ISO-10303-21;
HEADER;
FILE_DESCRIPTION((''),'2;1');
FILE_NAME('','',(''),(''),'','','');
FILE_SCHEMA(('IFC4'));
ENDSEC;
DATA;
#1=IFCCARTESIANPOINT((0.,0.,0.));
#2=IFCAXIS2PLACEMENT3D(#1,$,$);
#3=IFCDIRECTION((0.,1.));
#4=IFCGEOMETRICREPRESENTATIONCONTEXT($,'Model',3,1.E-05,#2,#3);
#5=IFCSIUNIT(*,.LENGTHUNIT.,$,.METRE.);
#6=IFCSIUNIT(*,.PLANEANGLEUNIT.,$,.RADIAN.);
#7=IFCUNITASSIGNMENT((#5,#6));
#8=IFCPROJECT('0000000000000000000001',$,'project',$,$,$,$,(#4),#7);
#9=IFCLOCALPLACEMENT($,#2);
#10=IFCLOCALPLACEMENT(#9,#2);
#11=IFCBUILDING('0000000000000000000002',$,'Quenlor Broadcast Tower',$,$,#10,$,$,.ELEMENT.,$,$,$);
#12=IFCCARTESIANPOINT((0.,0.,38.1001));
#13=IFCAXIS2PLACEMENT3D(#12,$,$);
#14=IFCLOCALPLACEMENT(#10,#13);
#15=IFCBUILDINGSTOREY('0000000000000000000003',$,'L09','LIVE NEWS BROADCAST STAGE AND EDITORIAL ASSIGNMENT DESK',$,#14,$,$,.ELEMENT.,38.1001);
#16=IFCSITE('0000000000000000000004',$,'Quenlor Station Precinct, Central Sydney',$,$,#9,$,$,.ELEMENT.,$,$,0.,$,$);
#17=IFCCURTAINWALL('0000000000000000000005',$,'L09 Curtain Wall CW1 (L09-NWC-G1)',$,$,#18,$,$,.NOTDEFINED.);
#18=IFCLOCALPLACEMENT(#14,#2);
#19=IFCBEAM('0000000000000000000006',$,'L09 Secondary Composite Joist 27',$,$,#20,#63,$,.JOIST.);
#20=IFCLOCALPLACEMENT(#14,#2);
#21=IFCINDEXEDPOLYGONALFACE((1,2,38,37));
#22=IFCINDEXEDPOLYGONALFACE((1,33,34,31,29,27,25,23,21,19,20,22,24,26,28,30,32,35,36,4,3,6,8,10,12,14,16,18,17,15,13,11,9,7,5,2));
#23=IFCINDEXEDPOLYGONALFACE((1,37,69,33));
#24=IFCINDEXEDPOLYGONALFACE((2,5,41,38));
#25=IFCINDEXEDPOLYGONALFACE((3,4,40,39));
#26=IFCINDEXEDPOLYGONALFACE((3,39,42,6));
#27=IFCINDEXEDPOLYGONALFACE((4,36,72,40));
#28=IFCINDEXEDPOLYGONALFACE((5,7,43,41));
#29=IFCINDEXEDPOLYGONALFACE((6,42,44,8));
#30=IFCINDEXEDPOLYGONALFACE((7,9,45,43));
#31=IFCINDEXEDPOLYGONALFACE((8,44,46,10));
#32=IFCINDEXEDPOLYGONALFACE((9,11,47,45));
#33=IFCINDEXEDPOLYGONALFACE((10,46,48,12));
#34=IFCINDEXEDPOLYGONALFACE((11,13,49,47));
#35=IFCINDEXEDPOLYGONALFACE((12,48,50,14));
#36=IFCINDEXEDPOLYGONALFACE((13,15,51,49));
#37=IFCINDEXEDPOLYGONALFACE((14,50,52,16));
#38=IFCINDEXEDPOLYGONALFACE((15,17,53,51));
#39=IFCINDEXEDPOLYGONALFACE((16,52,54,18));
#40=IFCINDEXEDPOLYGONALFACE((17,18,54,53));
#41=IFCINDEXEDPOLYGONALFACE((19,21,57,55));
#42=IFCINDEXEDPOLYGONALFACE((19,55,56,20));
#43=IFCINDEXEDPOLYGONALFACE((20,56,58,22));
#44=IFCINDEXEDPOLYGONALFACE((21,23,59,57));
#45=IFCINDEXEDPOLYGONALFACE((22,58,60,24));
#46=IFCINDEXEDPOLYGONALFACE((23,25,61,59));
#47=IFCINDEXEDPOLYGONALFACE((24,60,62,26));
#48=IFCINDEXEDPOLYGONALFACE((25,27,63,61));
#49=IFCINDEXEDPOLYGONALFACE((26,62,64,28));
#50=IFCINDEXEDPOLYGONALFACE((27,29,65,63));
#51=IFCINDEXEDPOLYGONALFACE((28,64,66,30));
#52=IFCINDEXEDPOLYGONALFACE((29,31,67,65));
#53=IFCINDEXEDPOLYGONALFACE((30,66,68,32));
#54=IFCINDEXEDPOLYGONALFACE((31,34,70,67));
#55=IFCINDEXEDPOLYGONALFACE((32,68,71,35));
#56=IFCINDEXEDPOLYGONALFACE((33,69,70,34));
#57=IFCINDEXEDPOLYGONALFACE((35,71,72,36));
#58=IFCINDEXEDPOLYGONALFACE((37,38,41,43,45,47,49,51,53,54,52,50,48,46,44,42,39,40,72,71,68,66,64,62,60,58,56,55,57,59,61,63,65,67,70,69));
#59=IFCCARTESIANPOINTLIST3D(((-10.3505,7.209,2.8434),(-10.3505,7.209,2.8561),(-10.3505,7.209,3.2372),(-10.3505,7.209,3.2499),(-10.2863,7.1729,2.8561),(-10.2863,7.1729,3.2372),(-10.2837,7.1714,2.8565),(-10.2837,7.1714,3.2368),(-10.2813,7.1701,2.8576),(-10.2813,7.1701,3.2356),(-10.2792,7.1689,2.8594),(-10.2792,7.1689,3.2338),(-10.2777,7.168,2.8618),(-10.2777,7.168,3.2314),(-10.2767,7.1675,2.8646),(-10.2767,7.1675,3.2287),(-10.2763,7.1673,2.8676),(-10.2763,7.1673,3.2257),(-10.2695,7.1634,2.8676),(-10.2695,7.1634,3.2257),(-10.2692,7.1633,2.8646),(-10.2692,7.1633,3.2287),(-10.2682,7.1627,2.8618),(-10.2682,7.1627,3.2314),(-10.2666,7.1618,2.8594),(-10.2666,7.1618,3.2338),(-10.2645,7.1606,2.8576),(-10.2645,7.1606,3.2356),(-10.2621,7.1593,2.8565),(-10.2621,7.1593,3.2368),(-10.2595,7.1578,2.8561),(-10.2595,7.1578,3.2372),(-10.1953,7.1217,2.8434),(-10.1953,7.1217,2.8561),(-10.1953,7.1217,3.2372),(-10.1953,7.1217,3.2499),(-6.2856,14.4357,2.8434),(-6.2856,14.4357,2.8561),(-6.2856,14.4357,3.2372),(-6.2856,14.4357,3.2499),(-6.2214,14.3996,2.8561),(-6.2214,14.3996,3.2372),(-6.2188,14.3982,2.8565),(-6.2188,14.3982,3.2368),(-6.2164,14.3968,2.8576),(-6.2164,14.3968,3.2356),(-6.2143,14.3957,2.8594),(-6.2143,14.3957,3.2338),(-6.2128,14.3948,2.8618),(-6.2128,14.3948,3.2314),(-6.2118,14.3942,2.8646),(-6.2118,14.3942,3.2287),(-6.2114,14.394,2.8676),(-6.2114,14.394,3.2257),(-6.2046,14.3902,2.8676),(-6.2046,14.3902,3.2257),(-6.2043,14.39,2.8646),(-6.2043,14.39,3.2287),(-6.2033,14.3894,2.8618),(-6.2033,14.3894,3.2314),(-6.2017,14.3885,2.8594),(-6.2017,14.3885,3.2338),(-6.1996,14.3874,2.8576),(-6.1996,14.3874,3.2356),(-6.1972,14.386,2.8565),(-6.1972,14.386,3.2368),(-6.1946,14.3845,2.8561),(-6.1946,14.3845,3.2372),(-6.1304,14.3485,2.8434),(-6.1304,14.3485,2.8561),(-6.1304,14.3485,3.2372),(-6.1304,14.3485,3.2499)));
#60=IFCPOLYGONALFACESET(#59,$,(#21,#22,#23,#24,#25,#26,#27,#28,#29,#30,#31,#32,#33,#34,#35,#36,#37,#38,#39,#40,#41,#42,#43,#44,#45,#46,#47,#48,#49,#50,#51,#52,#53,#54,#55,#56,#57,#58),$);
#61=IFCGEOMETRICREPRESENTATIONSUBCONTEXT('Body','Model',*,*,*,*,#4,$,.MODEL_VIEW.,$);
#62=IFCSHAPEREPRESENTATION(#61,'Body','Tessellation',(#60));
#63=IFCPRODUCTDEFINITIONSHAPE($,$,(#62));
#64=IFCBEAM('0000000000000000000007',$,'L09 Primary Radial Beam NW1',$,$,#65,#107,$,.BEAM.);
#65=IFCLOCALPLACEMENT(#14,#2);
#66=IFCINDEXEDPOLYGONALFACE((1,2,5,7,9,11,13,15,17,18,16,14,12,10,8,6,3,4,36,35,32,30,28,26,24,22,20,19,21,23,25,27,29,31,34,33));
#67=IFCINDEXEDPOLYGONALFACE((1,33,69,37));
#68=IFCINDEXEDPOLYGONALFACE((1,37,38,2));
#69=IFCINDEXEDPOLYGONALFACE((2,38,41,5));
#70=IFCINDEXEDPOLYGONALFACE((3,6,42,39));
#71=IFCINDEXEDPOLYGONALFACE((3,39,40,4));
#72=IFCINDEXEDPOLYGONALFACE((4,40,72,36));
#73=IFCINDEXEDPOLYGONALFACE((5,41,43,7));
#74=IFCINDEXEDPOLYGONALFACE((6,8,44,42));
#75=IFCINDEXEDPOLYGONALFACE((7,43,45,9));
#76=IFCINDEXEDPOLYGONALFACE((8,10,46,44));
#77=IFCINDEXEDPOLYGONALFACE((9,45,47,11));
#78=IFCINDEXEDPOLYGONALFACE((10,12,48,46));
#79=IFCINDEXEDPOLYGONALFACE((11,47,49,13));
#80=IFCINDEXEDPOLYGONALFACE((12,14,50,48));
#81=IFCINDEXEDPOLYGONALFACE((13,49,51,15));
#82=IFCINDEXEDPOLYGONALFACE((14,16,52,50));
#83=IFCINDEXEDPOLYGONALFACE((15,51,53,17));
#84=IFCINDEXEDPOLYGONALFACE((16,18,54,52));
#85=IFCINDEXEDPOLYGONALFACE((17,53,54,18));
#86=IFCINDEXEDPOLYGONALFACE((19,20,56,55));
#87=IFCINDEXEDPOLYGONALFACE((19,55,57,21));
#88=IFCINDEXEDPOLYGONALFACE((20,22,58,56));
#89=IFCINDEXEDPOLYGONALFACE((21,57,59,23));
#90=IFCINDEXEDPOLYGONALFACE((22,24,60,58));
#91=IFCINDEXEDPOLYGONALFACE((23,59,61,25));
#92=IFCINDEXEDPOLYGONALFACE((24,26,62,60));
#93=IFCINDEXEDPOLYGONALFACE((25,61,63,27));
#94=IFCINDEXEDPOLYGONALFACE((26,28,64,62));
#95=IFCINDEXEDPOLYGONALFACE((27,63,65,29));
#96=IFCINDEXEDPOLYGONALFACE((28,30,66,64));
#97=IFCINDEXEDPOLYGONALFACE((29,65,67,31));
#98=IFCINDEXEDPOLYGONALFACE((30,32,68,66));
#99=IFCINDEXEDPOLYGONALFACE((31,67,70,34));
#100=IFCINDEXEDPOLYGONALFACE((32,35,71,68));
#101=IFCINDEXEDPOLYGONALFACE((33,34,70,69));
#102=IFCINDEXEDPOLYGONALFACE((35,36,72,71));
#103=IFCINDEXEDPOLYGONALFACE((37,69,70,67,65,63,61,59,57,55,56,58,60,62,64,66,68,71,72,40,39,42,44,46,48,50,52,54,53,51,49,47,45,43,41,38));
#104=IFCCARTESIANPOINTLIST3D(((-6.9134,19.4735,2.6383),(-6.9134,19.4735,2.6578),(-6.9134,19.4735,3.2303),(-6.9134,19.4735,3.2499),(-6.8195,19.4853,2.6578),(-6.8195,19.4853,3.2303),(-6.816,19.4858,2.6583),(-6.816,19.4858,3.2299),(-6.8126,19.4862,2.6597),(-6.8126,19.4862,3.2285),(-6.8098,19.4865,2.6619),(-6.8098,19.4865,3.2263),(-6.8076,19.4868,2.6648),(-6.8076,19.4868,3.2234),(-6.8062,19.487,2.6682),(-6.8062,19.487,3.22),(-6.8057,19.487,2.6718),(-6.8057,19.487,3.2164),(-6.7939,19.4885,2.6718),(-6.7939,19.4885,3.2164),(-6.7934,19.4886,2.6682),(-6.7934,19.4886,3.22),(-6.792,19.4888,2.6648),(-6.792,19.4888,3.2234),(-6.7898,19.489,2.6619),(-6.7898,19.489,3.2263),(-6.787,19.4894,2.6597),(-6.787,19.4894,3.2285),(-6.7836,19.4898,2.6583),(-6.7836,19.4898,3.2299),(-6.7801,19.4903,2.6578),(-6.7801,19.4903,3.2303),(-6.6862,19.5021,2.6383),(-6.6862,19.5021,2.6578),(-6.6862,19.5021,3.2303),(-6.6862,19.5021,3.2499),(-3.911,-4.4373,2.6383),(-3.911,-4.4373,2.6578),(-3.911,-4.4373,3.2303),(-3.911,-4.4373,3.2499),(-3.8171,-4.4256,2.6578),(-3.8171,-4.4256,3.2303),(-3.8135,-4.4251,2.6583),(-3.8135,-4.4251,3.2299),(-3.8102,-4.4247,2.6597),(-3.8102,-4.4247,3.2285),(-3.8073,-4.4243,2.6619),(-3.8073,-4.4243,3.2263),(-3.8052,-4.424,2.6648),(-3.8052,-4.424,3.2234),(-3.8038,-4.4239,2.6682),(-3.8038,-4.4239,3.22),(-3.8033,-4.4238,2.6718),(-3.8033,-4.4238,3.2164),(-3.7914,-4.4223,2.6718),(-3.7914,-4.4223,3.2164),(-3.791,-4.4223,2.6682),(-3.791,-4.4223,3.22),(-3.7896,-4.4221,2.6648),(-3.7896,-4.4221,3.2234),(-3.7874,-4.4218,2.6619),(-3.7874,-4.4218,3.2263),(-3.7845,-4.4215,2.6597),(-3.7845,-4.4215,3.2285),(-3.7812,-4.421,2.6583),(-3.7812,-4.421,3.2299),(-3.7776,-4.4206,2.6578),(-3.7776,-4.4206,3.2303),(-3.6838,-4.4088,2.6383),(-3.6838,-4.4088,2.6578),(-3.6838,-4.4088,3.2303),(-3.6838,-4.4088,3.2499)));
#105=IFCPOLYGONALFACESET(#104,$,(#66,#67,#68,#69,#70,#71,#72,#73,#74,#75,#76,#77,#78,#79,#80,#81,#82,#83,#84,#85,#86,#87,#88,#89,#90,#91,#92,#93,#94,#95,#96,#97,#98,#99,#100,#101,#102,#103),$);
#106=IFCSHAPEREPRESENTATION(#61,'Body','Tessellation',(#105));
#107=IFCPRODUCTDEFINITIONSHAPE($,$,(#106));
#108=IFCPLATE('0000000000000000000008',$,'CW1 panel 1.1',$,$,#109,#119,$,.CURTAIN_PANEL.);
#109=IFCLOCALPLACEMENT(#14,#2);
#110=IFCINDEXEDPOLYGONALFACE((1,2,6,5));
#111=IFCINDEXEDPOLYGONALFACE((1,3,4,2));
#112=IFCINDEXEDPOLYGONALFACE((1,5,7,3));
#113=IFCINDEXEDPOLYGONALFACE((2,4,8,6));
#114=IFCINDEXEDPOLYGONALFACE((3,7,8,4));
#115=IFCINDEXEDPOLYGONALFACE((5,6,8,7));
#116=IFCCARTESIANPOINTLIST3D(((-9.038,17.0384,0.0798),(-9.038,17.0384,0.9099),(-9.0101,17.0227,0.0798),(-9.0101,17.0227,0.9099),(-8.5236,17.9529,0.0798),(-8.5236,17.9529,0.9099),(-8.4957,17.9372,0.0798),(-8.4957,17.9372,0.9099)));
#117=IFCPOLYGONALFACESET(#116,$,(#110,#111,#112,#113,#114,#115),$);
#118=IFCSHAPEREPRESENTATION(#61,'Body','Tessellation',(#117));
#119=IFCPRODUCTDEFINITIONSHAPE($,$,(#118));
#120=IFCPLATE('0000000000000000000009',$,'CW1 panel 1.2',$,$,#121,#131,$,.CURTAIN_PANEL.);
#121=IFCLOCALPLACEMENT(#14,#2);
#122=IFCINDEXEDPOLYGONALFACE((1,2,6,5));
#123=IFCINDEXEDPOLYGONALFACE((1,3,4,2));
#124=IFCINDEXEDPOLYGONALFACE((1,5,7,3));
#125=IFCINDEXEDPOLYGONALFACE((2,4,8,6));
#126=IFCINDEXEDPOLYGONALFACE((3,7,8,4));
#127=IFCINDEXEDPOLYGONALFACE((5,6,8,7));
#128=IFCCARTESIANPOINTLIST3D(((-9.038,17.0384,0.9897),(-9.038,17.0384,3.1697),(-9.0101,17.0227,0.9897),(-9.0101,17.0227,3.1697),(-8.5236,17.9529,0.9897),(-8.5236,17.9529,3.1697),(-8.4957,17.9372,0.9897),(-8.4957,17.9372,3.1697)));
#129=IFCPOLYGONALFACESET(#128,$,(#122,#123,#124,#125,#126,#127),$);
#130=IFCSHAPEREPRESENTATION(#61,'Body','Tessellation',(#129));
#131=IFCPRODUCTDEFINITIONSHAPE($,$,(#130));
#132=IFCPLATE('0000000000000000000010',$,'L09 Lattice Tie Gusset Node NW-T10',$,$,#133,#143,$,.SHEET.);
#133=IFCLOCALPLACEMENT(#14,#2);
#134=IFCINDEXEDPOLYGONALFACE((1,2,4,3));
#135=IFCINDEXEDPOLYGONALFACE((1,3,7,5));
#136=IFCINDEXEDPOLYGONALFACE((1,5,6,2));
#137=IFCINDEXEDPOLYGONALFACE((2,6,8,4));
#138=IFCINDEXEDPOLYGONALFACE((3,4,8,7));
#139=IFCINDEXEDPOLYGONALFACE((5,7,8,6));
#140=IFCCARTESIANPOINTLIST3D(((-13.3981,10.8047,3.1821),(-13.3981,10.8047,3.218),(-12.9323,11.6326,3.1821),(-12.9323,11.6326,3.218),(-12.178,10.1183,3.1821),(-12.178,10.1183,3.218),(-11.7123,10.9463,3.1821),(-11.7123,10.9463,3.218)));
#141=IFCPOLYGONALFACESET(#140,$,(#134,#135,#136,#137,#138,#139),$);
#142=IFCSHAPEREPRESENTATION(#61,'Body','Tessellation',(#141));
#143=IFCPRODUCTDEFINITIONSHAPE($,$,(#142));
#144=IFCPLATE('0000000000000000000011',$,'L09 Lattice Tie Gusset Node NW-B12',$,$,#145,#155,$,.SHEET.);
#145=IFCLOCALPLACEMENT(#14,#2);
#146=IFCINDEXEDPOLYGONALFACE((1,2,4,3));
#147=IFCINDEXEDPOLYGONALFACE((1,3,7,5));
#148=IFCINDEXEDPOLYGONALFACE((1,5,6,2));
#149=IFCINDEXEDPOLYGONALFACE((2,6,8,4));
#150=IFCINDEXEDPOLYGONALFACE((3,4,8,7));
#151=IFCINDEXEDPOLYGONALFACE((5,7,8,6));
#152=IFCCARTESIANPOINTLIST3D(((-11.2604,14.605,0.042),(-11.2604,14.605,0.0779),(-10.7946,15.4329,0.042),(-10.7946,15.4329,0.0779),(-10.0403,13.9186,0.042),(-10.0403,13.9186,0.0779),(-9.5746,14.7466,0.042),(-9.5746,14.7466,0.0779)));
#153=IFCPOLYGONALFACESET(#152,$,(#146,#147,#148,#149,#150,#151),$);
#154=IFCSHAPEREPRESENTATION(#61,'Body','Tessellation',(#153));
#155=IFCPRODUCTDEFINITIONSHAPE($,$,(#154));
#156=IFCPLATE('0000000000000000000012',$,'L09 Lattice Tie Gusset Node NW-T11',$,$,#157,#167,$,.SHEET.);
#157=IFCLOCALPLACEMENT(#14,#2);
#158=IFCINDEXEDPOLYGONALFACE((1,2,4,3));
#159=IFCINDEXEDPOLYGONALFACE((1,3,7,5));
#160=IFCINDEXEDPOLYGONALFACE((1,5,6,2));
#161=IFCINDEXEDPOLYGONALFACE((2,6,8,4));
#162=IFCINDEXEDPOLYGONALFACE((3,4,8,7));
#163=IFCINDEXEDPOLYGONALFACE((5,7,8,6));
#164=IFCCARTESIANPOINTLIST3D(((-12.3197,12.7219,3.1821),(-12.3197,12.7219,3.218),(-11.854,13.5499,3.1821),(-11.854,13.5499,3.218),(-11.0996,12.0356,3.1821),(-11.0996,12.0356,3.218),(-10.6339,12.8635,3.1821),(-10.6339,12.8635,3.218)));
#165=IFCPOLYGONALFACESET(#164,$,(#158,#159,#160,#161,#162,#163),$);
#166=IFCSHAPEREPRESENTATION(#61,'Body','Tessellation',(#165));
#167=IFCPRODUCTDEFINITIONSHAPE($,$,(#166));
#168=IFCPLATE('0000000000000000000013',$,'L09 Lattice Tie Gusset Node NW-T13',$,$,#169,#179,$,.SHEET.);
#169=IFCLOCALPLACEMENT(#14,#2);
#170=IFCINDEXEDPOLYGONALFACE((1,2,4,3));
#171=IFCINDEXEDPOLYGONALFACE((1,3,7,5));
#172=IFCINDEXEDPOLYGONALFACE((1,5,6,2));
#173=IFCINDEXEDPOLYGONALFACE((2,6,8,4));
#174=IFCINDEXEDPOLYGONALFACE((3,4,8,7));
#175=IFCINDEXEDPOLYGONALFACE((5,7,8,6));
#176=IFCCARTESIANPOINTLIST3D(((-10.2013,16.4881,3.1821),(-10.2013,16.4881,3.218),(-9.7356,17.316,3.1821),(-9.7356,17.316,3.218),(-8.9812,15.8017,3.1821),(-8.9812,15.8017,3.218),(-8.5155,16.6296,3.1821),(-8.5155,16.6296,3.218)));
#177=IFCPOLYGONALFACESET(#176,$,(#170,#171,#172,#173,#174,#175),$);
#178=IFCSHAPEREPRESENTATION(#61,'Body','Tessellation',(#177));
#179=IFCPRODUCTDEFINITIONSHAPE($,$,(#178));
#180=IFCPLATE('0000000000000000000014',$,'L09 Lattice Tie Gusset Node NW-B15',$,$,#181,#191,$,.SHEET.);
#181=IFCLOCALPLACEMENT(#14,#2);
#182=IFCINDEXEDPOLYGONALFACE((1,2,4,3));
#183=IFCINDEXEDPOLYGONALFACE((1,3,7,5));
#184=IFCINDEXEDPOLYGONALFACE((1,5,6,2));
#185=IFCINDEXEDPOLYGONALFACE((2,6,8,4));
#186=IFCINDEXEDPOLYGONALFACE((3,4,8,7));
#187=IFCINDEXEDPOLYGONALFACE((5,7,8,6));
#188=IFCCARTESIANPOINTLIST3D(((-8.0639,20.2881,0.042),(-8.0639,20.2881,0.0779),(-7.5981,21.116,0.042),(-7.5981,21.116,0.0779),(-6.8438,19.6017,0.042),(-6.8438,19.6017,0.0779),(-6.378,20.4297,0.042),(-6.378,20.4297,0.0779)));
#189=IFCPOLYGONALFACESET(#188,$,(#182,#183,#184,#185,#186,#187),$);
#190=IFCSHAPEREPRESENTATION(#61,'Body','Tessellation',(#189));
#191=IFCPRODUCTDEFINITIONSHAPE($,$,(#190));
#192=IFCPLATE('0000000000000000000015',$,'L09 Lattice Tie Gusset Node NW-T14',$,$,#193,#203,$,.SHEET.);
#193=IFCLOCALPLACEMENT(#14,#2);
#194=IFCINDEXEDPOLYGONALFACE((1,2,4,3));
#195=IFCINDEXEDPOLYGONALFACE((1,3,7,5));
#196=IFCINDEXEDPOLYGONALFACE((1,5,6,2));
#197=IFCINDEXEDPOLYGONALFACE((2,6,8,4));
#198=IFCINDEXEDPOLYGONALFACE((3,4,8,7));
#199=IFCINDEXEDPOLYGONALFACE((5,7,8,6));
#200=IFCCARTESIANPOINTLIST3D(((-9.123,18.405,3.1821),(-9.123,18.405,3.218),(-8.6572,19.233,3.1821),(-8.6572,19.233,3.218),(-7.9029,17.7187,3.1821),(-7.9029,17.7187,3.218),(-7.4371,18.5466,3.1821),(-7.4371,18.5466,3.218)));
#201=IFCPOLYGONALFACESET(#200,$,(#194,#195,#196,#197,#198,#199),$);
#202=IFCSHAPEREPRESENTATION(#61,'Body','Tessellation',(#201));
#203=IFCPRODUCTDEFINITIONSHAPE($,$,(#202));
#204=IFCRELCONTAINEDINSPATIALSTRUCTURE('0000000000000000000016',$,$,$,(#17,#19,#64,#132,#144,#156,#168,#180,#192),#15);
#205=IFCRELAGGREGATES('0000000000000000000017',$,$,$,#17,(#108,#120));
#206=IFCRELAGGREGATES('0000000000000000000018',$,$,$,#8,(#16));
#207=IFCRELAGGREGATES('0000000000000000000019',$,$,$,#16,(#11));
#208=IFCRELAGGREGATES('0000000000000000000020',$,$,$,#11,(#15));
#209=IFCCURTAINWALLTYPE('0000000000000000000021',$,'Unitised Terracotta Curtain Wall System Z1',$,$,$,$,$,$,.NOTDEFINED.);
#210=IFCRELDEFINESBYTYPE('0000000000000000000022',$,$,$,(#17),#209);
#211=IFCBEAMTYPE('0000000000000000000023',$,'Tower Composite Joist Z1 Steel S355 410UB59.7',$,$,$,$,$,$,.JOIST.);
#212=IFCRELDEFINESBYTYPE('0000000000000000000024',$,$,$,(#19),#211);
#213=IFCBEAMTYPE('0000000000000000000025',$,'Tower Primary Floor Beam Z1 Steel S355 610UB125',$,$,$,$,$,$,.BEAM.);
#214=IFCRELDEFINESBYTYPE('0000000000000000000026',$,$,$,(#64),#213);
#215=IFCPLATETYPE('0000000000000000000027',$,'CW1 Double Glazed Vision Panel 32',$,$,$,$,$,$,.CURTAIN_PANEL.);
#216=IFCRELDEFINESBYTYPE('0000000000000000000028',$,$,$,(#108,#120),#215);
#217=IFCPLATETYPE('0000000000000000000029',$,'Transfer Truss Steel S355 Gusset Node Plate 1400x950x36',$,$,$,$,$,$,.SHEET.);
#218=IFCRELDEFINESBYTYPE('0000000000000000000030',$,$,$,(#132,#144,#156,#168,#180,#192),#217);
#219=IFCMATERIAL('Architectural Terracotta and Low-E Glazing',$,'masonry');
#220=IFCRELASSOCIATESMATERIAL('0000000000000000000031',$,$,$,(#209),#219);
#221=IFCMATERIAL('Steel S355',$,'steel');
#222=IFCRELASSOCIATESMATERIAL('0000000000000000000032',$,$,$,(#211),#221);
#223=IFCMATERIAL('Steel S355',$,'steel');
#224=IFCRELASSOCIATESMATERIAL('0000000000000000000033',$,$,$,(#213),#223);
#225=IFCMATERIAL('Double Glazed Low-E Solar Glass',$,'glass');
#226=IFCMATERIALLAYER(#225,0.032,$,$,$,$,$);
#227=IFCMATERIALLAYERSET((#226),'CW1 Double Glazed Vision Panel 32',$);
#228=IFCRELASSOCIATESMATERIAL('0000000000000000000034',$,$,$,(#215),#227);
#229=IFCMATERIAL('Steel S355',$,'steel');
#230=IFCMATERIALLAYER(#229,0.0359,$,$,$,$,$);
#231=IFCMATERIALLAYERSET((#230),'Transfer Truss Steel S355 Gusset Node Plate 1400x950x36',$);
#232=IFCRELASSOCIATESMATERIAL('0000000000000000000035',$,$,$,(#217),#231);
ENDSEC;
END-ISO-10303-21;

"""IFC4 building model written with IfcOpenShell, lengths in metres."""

from ifc_helpers import new_model, si_unit, direction, frame, origin, origin_2d, place, context, subcontext, project, spatial, rectangle, i_section, extrude, material, layer, layer_set, material_profile, profile_set, type_object, element, aggregate, save


model = new_model("IFC4")

# Units and contexts
model_context = context("Model", 3, precision=1e-05, world=origin(), true_north=direction((0.0, 1.0)))
body_context = subcontext(model_context, "Body", "Model", "MODEL_VIEW")
ifc_project = project(units=[si_unit("LENGTHUNIT", "METRE"), si_unit("PLANEANGLEUNIT", "RADIAN")], contexts=[model_context])

# Site, building, storey
site_placement = place(None, origin())
site = spatial("IfcSite", under=ifc_project, at=site_placement, Name="Quenlor Station Precinct, Central Sydney", CompositionType="ELEMENT", RefElevation=0.0)
building_placement = place(site_placement, origin())
building = spatial("IfcBuilding", under=site, at=building_placement, Name="Quenlor Broadcast Tower", CompositionType="ELEMENT")
storey_placement = place(building_placement, frame((0.0, 0.0, 38.1001)))
storey = spatial("IfcBuildingStorey", under=building, at=storey_placement, Name="L09", Description="LIVE NEWS BROADCAST STAGE AND EDITORIAL ASSIGNMENT DESK", CompositionType="ELEMENT", Elevation=38.1001)

# Curtain wall
ifc_material_1 = material(Name="Architectural Terracotta and Low-E Glazing", Category="masonry")
curtain_wall_type = type_object("IfcCurtainWallType", Name="Unitised Terracotta Curtain Wall System Z1", PredefinedType="NOTDEFINED", material=ifc_material_1)
curtain_wall_placement = place(storey_placement, origin())
curtain_wall = element("IfcCurtainWall", 1, at=curtain_wall_placement, inside=storey, type_object=curtain_wall_type, Name="L09 Curtain Wall CW1 (L09-NWC-G1)", PredefinedType="NOTDEFINED")

# Beams
ifc_material_2 = material(Name="Steel S355", Category="steel")
ifc_material_profile_1 = material_profile(ifc_material_2, i_section(OverallWidth=0.178, OverallDepth=0.4065, WebThickness=0.0078, FlangeThickness=0.0127, FilletRadius=0.0115, at=origin_2d()))
ifc_profile_set_1 = profile_set([ifc_material_profile_1], Name="Steel S355 410UB59.7")
beam_type_1 = type_object("IfcBeamType", Name="Tower Composite Joist Z1 Steel S355 410UB59.7", PredefinedType="JOIST", material=ifc_profile_set_1)
beam_1_placement = place(storey_placement, frame((-6.208, 14.3921, 3.0466), z_axis=(-0.490249, -0.871583, 0.0), x_axis=(0.871583, -0.490249, 0.0)))
element("IfcBeam", 2, at=beam_1_placement, inside=storey, type_object=beam_type_1, Name="L09 Secondary Composite Joist 27", PredefinedType="JOIST", context=body_context, shape_type="SweptSolid", body=[
    extrude(i_section(OverallWidth=0.178, OverallDepth=0.4065, WebThickness=0.0078, FlangeThickness=0.0127, FilletRadius=0.0115, at=origin_2d()), origin(), (0.0, 0.0, 1.0), 8.2915),
])
ifc_material_3 = material(Name="Steel S355", Category="steel")
ifc_material_profile_2 = material_profile(ifc_material_3, i_section(OverallWidth=0.229, OverallDepth=0.6116, WebThickness=0.012, FlangeThickness=0.0195, FilletRadius=0.0139, at=origin_2d()))
ifc_profile_set_2 = profile_set([ifc_material_profile_2], Name="Steel S355 610UB125")
beam_type_2 = type_object("IfcBeamType", Name="Tower Primary Floor Beam Z1 Steel S355 610UB125", PredefinedType="BEAM", material=ifc_profile_set_2)
beam_2_placement = place(storey_placement, frame((-6.7998, 19.4878, 2.9441), z_axis=(0.12459, -0.992208, 0.0), x_axis=(0.992208, 0.12459, 0.0)))
element("IfcBeam", 3, at=beam_2_placement, inside=storey, type_object=beam_type_2, Name="L09 Primary Radial Beam NW1", PredefinedType="BEAM", context=body_context, shape_type="SweptSolid", body=[
    extrude(i_section(OverallWidth=0.229, OverallDepth=0.6116, WebThickness=0.012, FlangeThickness=0.0195, FilletRadius=0.0139, at=origin_2d()), origin(), (0.0, 0.0, 1.0), 24.0986),
])

# Plates
ifc_material_4 = material(Name="Double Glazed Low-E Solar Glass", Category="glass")
ifc_layer_1 = layer(ifc_material_4, 0.032)
ifc_layer_set_1 = layer_set([ifc_layer_1], Name="CW1 Double Glazed Vision Panel 32")
plate_type_1 = type_object("IfcPlateType", Name="CW1 Double Glazed Vision Panel 32", PredefinedType="CURTAIN_PANEL", material=ifc_layer_set_1)
plate_1_placement = place(storey_placement, frame((-8.7668, 17.4878, 0.0798), z_axis=(0.0, 0.0, 1.0), x_axis=(0.490277, 0.871567, 0.0)))
plate_1 = element("IfcPlate", 4, at=plate_1_placement, type_object=plate_type_1, Name="CW1 panel 1.1", PredefinedType="CURTAIN_PANEL", context=body_context, shape_type="SweptSolid", body=[
    extrude(rectangle(XDim=1.0493, YDim=0.032, at=origin_2d()), origin(), (0.0, 0.0, 1.0), 0.8301),
])
plate_2_placement = place(storey_placement, frame((-8.7668, 17.4878, 0.9897), z_axis=(0.0, 0.0, 1.0), x_axis=(0.490277, 0.871567, 0.0)))
plate_2 = element("IfcPlate", 5, at=plate_2_placement, type_object=plate_type_1, Name="CW1 panel 1.2", PredefinedType="CURTAIN_PANEL", context=body_context, shape_type="SweptSolid", body=[
    extrude(rectangle(XDim=1.0493, YDim=0.032, at=origin_2d()), origin(), (0.0, 0.0, 1.0), 2.1799),
])
aggregate(curtain_wall, [plate_1, plate_2])

# Plates
ifc_material_5 = material(Name="Steel S355", Category="steel")
ifc_layer_2 = layer(ifc_material_5, 0.0359)
ifc_layer_set_2 = layer_set([ifc_layer_2], Name="Transfer Truss Steel S355 Gusset Node Plate 1400x950x36")
plate_type_2 = type_object("IfcPlateType", Name="Transfer Truss Steel S355 Gusset Node Plate 1400x950x36", PredefinedType="SHEET", material=ifc_layer_set_2)
for number, where, z_axis, x_axis, name in (
    (6, (-12.5552, 10.8755, 3.1821), (0.0, 0.0, 1.0), (-0.871556, 0.490295, 0.0), "L09 Lattice Tie Gusset Node NW-T10"),
    (7, (-10.4175, 14.6758, 0.042), (0.0, 0.0, 1.0), (-0.871556, 0.490295, 0.0), "L09 Lattice Tie Gusset Node NW-B12"),
    (8, (-11.4768, 12.7927, 3.1821), (0.0, 0.0, 1.0), (-0.871556, 0.490295, 0.0), "L09 Lattice Tie Gusset Node NW-T11"),
    (9, (-9.3584, 16.5588, 3.1821), (0.0, 0.0, 1.0), (-0.871556, 0.490295, 0.0), "L09 Lattice Tie Gusset Node NW-T13"),
    (10, (-7.2209, 20.3589, 0.042), (0.0, 0.0, 1.0), (-0.871556, 0.490295, 0.0), "L09 Lattice Tie Gusset Node NW-B15"),
    (11, (-8.28, 18.4758, 3.1821), (0.0, 0.0, 1.0), (-0.871556, 0.490295, 0.0), "L09 Lattice Tie Gusset Node NW-T14"),
):
    element("IfcPlate", number, at=place(storey_placement, frame(where, z_axis=z_axis, x_axis=x_axis)), inside=storey, type_object=plate_type_2, Name=name, PredefinedType="SHEET", context=body_context, shape_type="SweptSolid", body=[
        extrude(rectangle(XDim=1.3999, YDim=0.95, at=origin_2d()), origin(), (0.0, 0.0, 1.0), 0.0359),
    ])

save(model, "model.ifc")
